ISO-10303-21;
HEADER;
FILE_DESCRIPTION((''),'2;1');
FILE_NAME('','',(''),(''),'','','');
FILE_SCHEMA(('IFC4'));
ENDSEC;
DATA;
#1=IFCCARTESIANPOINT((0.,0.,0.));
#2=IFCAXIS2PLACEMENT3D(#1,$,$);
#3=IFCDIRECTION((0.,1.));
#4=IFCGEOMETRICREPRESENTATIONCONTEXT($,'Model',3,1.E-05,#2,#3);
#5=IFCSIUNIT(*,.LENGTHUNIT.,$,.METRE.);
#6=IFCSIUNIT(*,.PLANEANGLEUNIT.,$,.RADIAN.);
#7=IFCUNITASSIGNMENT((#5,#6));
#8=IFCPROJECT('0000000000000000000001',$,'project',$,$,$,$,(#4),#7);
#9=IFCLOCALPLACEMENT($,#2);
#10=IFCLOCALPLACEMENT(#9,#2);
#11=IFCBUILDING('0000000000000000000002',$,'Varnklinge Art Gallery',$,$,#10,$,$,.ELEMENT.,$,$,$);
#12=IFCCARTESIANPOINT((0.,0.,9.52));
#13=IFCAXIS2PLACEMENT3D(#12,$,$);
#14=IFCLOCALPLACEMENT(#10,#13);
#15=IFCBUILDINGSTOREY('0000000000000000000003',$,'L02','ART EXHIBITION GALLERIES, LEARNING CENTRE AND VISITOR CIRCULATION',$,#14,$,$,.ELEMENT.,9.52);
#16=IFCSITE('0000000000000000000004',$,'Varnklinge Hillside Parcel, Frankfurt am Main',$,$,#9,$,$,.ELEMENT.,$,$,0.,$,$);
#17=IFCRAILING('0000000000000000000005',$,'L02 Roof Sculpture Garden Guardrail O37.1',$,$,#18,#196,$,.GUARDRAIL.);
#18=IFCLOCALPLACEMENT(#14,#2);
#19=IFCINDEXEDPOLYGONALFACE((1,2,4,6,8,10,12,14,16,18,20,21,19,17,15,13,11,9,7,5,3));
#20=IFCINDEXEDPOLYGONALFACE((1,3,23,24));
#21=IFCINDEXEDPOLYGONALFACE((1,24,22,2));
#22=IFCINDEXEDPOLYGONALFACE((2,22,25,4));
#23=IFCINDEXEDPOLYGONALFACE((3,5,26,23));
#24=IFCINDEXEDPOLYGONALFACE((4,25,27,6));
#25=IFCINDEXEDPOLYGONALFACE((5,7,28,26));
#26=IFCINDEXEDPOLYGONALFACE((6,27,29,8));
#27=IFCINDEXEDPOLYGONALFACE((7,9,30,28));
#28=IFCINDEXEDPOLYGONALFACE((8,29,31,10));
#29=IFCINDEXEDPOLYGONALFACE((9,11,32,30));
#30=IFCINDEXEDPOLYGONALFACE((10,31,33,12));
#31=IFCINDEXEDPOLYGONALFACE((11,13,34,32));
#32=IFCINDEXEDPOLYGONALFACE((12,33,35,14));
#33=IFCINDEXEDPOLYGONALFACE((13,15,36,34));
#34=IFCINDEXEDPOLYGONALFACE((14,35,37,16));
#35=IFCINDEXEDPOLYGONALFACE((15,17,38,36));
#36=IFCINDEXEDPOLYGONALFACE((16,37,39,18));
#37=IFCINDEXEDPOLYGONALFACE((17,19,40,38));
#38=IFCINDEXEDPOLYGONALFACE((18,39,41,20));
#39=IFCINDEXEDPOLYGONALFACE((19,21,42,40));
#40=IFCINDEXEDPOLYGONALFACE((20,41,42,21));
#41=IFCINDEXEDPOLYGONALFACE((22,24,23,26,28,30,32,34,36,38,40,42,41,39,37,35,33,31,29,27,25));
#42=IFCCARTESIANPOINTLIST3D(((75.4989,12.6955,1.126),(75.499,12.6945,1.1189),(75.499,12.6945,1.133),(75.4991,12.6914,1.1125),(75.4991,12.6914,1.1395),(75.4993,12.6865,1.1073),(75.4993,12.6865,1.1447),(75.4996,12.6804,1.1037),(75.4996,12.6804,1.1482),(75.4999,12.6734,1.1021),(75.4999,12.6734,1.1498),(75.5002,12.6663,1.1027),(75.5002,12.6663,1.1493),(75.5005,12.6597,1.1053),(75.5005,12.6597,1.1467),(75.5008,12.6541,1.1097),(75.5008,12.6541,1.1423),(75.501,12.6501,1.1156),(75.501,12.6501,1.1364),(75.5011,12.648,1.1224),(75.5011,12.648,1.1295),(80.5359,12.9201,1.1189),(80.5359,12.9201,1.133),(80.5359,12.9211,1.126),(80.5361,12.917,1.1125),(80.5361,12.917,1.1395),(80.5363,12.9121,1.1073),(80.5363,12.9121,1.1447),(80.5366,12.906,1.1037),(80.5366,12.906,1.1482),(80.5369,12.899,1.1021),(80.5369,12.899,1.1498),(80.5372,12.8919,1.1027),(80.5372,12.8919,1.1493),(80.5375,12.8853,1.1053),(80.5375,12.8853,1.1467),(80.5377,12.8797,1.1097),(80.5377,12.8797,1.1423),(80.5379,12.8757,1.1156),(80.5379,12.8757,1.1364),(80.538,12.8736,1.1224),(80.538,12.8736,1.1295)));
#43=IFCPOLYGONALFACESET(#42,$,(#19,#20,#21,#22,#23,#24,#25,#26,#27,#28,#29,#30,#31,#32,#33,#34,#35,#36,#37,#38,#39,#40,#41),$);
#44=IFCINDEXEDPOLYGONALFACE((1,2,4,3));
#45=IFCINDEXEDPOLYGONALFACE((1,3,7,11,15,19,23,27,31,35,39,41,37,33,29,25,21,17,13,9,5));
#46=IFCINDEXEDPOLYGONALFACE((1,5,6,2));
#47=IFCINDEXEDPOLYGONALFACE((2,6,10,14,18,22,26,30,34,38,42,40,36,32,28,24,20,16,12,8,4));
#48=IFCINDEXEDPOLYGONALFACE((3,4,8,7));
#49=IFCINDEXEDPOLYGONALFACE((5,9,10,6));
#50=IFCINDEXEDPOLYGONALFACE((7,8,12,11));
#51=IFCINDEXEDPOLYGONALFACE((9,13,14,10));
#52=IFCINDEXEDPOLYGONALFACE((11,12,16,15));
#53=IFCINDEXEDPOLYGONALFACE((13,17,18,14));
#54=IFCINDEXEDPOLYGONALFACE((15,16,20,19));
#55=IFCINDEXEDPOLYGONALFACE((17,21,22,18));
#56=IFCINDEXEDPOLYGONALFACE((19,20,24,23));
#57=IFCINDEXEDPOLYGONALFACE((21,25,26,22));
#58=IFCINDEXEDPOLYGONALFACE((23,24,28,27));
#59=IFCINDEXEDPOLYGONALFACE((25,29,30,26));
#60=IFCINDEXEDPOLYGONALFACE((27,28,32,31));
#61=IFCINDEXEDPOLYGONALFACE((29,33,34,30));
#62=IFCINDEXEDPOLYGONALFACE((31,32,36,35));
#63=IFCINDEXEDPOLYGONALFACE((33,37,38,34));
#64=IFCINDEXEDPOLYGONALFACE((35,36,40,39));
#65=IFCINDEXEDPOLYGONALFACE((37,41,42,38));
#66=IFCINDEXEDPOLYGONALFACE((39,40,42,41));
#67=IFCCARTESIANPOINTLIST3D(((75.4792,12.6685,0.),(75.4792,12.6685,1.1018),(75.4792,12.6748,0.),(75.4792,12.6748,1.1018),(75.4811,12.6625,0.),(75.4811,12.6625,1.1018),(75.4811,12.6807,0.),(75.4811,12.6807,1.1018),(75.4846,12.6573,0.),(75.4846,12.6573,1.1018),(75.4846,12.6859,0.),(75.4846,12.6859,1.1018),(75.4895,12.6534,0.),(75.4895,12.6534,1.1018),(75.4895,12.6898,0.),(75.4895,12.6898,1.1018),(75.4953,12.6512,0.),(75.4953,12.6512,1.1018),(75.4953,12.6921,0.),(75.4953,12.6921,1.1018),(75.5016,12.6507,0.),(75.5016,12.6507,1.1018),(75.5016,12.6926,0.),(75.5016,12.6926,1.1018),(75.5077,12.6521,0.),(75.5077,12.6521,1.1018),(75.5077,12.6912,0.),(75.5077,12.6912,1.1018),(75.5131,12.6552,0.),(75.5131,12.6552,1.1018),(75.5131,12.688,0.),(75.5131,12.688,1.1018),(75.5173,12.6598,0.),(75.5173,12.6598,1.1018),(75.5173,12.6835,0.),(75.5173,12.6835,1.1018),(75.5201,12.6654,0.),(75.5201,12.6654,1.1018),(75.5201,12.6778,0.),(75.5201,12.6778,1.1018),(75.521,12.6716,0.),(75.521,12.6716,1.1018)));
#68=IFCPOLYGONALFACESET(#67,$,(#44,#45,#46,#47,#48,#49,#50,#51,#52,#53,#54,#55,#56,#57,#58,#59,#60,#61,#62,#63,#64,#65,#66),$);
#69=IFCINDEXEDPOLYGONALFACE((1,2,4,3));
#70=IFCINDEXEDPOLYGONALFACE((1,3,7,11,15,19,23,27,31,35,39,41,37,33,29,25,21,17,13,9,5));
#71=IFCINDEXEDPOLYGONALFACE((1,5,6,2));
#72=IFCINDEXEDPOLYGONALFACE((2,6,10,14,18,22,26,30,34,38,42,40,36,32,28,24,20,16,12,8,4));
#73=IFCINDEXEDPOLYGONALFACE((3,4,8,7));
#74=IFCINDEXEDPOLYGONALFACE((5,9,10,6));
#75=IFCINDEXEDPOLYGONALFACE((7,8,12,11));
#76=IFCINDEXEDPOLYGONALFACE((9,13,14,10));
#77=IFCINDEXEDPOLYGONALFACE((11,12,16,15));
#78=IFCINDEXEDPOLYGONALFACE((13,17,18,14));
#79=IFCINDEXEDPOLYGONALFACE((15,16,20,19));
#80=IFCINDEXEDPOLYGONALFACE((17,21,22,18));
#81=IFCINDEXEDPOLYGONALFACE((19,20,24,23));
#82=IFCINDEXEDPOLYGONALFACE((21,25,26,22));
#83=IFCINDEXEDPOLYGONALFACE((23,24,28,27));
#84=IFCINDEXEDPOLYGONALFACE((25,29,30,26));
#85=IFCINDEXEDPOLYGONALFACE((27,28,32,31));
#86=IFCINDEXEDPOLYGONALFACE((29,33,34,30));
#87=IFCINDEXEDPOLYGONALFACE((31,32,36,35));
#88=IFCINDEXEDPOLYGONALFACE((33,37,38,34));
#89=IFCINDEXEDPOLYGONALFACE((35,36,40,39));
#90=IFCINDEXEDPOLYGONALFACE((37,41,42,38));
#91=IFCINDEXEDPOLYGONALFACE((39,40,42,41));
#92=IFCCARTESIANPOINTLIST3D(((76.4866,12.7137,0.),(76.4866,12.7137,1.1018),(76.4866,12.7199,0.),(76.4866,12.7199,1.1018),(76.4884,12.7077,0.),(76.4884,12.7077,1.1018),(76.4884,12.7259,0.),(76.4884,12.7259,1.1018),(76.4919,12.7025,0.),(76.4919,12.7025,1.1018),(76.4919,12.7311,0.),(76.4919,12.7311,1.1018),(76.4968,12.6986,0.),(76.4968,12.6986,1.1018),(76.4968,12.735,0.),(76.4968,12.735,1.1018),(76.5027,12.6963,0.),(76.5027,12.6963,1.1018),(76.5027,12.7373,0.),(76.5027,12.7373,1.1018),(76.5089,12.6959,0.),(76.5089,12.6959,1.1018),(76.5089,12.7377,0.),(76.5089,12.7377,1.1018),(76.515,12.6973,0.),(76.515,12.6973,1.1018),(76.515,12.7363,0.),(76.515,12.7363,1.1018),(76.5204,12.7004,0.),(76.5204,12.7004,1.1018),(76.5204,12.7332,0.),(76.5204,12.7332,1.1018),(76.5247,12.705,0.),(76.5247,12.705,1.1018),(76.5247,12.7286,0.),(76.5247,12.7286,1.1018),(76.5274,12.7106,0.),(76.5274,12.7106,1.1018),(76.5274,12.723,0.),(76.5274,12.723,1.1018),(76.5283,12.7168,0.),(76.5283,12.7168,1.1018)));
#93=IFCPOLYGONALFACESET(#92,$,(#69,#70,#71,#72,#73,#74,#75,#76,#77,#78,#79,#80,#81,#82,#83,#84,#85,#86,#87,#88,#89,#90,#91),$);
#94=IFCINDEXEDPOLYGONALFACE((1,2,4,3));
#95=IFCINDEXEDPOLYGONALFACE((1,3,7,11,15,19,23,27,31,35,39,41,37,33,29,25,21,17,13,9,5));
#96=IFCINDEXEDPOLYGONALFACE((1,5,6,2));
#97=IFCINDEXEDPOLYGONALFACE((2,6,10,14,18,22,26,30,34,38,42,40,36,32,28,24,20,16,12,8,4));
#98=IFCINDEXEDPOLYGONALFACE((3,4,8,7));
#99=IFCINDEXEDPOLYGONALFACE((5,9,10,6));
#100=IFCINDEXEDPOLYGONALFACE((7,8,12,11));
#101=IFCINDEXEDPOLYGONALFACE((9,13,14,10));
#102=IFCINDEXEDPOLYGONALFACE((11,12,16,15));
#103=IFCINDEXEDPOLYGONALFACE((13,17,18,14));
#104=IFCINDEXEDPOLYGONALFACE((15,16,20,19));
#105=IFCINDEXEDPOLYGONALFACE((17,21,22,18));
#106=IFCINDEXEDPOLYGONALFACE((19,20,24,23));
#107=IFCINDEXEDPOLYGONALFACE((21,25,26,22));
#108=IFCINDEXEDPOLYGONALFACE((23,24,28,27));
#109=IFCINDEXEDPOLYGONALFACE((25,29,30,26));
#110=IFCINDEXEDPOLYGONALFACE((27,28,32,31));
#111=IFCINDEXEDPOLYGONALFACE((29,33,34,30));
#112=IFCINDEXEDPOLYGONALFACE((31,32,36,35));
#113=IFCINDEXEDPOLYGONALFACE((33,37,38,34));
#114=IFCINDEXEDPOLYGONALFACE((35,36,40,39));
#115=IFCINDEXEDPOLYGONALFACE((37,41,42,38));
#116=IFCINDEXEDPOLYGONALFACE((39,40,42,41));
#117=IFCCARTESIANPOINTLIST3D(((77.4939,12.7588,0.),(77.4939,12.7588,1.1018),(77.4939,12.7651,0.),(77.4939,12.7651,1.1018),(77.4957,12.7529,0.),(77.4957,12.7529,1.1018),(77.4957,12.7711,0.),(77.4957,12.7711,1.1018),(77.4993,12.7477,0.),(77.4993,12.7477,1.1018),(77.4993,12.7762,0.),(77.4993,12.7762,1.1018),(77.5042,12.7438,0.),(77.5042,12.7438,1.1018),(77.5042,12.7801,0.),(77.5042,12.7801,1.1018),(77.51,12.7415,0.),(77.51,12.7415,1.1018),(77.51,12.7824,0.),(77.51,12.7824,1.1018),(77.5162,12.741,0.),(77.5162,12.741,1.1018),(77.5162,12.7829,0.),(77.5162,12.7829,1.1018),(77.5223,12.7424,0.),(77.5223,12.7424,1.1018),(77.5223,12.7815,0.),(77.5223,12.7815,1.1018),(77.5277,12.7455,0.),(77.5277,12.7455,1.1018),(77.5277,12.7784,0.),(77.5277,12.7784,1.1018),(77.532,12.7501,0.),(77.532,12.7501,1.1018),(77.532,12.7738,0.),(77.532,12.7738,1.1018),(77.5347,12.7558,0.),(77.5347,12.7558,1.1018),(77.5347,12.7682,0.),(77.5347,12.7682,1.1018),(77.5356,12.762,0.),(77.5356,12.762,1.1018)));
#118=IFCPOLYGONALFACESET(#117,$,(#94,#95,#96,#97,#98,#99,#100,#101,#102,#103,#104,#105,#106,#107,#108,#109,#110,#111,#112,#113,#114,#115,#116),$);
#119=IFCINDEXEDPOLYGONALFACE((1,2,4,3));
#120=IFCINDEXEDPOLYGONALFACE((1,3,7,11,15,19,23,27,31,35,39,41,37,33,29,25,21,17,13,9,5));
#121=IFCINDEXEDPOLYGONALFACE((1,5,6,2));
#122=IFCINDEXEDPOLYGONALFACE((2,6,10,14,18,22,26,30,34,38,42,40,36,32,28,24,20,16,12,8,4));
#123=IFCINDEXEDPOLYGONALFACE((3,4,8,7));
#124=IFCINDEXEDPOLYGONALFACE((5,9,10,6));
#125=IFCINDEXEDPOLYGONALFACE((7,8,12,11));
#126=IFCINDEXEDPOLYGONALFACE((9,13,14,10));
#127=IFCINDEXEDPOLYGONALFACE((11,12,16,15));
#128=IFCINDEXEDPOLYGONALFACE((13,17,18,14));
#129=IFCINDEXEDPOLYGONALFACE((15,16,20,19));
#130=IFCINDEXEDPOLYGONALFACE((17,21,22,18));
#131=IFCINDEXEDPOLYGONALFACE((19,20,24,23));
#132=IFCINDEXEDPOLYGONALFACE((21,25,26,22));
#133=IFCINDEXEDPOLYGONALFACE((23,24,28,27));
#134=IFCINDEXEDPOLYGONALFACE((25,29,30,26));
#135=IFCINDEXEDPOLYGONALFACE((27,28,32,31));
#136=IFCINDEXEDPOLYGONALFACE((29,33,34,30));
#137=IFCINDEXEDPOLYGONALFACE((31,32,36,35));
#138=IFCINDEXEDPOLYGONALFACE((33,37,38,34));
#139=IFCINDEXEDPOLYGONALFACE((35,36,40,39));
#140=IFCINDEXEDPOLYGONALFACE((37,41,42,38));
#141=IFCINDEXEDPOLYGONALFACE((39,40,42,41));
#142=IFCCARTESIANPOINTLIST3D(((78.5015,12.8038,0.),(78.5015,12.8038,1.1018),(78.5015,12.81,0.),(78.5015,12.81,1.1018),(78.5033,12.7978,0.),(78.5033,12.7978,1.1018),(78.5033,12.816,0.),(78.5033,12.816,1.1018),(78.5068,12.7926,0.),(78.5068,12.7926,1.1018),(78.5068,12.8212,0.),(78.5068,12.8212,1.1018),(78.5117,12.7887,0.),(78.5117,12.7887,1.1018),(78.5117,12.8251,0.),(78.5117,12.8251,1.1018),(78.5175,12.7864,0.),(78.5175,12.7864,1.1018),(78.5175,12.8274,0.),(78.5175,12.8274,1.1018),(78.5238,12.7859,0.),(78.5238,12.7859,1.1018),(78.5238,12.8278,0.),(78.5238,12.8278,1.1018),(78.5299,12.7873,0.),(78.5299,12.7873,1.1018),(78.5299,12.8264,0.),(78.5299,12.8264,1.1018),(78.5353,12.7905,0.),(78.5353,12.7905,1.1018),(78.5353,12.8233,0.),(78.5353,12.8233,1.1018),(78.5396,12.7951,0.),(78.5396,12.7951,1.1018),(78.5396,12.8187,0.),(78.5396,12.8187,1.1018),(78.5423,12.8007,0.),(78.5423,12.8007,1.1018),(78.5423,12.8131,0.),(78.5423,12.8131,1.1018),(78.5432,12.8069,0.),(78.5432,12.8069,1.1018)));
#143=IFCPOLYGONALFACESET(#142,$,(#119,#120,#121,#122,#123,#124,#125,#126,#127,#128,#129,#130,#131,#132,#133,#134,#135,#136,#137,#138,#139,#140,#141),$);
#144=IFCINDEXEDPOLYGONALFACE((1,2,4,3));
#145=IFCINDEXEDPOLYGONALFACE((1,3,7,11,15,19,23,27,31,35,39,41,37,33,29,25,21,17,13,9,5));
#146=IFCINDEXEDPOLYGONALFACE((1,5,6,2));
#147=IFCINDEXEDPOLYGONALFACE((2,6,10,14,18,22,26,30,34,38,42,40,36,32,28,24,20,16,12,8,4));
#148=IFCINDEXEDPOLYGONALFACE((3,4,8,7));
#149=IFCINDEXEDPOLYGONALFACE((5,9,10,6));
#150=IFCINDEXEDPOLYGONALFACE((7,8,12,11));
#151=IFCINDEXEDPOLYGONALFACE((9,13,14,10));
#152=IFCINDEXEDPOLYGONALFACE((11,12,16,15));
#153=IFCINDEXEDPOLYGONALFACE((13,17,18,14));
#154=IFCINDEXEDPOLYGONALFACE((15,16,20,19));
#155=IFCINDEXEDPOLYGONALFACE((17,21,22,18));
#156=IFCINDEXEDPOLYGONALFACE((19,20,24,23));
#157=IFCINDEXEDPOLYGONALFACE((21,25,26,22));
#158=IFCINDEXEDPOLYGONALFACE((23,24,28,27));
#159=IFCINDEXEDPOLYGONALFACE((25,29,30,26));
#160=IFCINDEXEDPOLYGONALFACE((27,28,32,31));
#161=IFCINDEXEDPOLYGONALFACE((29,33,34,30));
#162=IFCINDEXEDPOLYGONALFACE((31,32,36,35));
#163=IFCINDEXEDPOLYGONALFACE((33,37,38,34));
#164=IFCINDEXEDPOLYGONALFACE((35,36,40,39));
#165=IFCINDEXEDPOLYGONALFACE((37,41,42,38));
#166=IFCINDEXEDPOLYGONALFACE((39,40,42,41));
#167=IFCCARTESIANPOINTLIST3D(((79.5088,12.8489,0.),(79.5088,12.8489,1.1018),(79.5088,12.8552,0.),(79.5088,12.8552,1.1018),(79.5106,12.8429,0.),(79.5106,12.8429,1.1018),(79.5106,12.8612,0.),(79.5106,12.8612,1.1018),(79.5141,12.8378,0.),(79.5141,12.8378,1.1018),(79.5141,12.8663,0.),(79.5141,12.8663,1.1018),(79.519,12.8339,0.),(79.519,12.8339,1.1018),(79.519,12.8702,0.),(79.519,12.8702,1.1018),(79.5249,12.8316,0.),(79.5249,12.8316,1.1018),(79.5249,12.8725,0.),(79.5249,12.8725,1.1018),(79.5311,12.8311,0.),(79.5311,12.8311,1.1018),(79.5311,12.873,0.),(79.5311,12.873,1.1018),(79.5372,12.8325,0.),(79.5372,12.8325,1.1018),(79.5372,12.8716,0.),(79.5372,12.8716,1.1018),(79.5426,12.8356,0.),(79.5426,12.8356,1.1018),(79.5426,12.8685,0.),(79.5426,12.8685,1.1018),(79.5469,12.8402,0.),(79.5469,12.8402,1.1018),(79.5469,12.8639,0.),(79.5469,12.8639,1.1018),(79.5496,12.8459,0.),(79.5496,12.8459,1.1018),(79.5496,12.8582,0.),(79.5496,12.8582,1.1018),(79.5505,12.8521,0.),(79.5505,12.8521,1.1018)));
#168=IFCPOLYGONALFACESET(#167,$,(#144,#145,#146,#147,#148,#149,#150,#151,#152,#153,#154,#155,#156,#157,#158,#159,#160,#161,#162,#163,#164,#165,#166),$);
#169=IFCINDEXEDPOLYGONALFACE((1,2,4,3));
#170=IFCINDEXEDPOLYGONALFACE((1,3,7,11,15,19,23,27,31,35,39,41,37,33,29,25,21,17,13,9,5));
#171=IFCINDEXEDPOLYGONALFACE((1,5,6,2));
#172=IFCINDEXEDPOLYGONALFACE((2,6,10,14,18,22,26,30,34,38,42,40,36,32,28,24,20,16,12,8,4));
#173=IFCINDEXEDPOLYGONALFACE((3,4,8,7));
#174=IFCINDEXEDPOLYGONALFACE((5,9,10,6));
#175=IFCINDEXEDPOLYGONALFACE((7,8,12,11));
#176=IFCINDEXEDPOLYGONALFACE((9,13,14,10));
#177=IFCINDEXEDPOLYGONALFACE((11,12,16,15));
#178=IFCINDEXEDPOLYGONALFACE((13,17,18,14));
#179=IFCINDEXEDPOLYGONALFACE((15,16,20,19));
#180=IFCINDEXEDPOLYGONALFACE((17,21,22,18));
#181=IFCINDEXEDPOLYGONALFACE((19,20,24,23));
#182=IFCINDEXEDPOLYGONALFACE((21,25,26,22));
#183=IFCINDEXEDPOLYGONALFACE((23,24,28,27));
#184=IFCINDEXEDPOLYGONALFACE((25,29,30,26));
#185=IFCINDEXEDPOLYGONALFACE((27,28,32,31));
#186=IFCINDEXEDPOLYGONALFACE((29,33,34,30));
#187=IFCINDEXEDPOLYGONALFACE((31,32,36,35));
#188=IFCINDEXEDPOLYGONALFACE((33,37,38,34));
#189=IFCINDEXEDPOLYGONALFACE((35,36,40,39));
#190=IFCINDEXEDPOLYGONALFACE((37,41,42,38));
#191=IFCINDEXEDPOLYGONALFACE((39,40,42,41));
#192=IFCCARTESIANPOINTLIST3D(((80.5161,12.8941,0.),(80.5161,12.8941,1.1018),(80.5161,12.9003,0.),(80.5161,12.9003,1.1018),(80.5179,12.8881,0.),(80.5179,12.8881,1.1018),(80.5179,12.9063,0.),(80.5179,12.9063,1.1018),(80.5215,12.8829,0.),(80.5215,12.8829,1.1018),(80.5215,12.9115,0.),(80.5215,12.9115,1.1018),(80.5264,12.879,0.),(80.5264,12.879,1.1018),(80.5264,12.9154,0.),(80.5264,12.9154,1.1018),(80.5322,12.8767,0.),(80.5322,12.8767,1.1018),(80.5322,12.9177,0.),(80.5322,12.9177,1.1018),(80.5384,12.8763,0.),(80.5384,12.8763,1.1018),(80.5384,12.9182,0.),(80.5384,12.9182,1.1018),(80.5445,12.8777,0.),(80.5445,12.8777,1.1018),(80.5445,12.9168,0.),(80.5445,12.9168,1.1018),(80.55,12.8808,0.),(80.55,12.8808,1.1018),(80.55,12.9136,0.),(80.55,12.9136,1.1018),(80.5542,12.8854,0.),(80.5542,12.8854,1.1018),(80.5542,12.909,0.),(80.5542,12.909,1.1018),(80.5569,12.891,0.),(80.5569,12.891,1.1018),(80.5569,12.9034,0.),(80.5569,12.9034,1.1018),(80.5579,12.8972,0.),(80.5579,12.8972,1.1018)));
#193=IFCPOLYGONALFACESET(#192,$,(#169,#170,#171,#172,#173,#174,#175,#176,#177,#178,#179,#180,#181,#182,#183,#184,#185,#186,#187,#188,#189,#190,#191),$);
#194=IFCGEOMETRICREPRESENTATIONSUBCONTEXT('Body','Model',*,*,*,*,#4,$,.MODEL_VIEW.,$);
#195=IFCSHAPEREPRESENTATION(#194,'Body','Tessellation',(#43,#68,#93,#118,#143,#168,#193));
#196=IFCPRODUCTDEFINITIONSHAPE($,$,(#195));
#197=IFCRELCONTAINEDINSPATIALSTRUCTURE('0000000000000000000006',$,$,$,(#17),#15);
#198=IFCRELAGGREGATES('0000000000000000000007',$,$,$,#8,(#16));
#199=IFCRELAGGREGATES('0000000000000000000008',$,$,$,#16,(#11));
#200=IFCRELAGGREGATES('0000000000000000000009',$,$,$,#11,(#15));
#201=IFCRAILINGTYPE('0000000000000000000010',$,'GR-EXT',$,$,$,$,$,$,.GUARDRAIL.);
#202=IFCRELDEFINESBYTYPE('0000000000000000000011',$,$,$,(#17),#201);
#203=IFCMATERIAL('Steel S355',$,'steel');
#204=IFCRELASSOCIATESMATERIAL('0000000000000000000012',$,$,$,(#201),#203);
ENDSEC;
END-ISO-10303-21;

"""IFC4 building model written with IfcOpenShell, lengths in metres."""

from ifc_helpers import new_model, si_unit, direction, frame, origin, origin_2d, place, context, subcontext, project, spatial, circle, extrude, material, type_object, element, save


model = new_model("IFC4")

# Units and contexts
model_context = context("Model", 3, precision=1e-05, world=origin(), true_north=direction((0.0, 1.0)))
body_context = subcontext(model_context, "Body", "Model", "MODEL_VIEW")
ifc_project = project(units=[si_unit("LENGTHUNIT", "METRE"), si_unit("PLANEANGLEUNIT", "RADIAN")], contexts=[model_context])

# Site, building, storey
site_placement = place(None, origin())
site = spatial("IfcSite", under=ifc_project, at=site_placement, Name="Varnklinge Hillside Parcel, Frankfurt am Main", CompositionType="ELEMENT", RefElevation=0.0)
building_placement = place(site_placement, origin())
building = spatial("IfcBuilding", under=site, at=building_placement, Name="Varnklinge Art Gallery", CompositionType="ELEMENT")
storey_placement = place(building_placement, frame((0.0, 0.0, 9.52)))
storey = spatial("IfcBuildingStorey", under=building, at=storey_placement, Name="L02", Description="ART EXHIBITION GALLERIES, LEARNING CENTRE AND VISITOR CIRCULATION", CompositionType="ELEMENT", Elevation=9.52)

# Railing
ifc_material_1 = material(Name="Steel S355", Category="steel")
railing_type = type_object("IfcRailingType", Name="GR-EXT", PredefinedType="GUARDRAIL", material=ifc_material_1)
railing_1_placement = place(storey_placement, frame((75.5, 12.6716, 0.0)))
element("IfcRailing", 1, at=railing_1_placement, inside=storey, type_object=railing_type, Name="L02 Roof Sculpture Garden Guardrail O37.1", PredefinedType="GUARDRAIL", context=body_context, shape_type="SweptSolid", body=[
    extrude(circle(Radius=0.0239, at=origin_2d()), frame((0.0, 0.0, 1.126), z_axis=(0.998999, 0.044742, 0.0), x_axis=(-0.044742, 0.998999, 0.0)), (0.0, 0.0, 1.0), 5.042),
    extrude(circle(Radius=0.021, at=origin_2d()), origin(), (0.0, 0.0, 1.0), 1.1018),
    extrude(circle(Radius=0.021, at=origin_2d()), frame((1.0073, 0.0452, 0.0)), (0.0, 0.0, 1.0), 1.1018),
    extrude(circle(Radius=0.021, at=origin_2d()), frame((2.0146, 0.0903, 0.0)), (0.0, 0.0, 1.0), 1.1018),
    extrude(circle(Radius=0.021, at=origin_2d()), frame((3.0222, 0.1353, 0.0)), (0.0, 0.0, 1.0), 1.1018),
    extrude(circle(Radius=0.021, at=origin_2d()), frame((4.0295, 0.1804, 0.0)), (0.0, 0.0, 1.0), 1.1018),
    extrude(circle(Radius=0.021, at=origin_2d()), frame((5.0369, 0.2256, 0.0)), (0.0, 0.0, 1.0), 1.1018),
])

save(model, "model.ifc")
